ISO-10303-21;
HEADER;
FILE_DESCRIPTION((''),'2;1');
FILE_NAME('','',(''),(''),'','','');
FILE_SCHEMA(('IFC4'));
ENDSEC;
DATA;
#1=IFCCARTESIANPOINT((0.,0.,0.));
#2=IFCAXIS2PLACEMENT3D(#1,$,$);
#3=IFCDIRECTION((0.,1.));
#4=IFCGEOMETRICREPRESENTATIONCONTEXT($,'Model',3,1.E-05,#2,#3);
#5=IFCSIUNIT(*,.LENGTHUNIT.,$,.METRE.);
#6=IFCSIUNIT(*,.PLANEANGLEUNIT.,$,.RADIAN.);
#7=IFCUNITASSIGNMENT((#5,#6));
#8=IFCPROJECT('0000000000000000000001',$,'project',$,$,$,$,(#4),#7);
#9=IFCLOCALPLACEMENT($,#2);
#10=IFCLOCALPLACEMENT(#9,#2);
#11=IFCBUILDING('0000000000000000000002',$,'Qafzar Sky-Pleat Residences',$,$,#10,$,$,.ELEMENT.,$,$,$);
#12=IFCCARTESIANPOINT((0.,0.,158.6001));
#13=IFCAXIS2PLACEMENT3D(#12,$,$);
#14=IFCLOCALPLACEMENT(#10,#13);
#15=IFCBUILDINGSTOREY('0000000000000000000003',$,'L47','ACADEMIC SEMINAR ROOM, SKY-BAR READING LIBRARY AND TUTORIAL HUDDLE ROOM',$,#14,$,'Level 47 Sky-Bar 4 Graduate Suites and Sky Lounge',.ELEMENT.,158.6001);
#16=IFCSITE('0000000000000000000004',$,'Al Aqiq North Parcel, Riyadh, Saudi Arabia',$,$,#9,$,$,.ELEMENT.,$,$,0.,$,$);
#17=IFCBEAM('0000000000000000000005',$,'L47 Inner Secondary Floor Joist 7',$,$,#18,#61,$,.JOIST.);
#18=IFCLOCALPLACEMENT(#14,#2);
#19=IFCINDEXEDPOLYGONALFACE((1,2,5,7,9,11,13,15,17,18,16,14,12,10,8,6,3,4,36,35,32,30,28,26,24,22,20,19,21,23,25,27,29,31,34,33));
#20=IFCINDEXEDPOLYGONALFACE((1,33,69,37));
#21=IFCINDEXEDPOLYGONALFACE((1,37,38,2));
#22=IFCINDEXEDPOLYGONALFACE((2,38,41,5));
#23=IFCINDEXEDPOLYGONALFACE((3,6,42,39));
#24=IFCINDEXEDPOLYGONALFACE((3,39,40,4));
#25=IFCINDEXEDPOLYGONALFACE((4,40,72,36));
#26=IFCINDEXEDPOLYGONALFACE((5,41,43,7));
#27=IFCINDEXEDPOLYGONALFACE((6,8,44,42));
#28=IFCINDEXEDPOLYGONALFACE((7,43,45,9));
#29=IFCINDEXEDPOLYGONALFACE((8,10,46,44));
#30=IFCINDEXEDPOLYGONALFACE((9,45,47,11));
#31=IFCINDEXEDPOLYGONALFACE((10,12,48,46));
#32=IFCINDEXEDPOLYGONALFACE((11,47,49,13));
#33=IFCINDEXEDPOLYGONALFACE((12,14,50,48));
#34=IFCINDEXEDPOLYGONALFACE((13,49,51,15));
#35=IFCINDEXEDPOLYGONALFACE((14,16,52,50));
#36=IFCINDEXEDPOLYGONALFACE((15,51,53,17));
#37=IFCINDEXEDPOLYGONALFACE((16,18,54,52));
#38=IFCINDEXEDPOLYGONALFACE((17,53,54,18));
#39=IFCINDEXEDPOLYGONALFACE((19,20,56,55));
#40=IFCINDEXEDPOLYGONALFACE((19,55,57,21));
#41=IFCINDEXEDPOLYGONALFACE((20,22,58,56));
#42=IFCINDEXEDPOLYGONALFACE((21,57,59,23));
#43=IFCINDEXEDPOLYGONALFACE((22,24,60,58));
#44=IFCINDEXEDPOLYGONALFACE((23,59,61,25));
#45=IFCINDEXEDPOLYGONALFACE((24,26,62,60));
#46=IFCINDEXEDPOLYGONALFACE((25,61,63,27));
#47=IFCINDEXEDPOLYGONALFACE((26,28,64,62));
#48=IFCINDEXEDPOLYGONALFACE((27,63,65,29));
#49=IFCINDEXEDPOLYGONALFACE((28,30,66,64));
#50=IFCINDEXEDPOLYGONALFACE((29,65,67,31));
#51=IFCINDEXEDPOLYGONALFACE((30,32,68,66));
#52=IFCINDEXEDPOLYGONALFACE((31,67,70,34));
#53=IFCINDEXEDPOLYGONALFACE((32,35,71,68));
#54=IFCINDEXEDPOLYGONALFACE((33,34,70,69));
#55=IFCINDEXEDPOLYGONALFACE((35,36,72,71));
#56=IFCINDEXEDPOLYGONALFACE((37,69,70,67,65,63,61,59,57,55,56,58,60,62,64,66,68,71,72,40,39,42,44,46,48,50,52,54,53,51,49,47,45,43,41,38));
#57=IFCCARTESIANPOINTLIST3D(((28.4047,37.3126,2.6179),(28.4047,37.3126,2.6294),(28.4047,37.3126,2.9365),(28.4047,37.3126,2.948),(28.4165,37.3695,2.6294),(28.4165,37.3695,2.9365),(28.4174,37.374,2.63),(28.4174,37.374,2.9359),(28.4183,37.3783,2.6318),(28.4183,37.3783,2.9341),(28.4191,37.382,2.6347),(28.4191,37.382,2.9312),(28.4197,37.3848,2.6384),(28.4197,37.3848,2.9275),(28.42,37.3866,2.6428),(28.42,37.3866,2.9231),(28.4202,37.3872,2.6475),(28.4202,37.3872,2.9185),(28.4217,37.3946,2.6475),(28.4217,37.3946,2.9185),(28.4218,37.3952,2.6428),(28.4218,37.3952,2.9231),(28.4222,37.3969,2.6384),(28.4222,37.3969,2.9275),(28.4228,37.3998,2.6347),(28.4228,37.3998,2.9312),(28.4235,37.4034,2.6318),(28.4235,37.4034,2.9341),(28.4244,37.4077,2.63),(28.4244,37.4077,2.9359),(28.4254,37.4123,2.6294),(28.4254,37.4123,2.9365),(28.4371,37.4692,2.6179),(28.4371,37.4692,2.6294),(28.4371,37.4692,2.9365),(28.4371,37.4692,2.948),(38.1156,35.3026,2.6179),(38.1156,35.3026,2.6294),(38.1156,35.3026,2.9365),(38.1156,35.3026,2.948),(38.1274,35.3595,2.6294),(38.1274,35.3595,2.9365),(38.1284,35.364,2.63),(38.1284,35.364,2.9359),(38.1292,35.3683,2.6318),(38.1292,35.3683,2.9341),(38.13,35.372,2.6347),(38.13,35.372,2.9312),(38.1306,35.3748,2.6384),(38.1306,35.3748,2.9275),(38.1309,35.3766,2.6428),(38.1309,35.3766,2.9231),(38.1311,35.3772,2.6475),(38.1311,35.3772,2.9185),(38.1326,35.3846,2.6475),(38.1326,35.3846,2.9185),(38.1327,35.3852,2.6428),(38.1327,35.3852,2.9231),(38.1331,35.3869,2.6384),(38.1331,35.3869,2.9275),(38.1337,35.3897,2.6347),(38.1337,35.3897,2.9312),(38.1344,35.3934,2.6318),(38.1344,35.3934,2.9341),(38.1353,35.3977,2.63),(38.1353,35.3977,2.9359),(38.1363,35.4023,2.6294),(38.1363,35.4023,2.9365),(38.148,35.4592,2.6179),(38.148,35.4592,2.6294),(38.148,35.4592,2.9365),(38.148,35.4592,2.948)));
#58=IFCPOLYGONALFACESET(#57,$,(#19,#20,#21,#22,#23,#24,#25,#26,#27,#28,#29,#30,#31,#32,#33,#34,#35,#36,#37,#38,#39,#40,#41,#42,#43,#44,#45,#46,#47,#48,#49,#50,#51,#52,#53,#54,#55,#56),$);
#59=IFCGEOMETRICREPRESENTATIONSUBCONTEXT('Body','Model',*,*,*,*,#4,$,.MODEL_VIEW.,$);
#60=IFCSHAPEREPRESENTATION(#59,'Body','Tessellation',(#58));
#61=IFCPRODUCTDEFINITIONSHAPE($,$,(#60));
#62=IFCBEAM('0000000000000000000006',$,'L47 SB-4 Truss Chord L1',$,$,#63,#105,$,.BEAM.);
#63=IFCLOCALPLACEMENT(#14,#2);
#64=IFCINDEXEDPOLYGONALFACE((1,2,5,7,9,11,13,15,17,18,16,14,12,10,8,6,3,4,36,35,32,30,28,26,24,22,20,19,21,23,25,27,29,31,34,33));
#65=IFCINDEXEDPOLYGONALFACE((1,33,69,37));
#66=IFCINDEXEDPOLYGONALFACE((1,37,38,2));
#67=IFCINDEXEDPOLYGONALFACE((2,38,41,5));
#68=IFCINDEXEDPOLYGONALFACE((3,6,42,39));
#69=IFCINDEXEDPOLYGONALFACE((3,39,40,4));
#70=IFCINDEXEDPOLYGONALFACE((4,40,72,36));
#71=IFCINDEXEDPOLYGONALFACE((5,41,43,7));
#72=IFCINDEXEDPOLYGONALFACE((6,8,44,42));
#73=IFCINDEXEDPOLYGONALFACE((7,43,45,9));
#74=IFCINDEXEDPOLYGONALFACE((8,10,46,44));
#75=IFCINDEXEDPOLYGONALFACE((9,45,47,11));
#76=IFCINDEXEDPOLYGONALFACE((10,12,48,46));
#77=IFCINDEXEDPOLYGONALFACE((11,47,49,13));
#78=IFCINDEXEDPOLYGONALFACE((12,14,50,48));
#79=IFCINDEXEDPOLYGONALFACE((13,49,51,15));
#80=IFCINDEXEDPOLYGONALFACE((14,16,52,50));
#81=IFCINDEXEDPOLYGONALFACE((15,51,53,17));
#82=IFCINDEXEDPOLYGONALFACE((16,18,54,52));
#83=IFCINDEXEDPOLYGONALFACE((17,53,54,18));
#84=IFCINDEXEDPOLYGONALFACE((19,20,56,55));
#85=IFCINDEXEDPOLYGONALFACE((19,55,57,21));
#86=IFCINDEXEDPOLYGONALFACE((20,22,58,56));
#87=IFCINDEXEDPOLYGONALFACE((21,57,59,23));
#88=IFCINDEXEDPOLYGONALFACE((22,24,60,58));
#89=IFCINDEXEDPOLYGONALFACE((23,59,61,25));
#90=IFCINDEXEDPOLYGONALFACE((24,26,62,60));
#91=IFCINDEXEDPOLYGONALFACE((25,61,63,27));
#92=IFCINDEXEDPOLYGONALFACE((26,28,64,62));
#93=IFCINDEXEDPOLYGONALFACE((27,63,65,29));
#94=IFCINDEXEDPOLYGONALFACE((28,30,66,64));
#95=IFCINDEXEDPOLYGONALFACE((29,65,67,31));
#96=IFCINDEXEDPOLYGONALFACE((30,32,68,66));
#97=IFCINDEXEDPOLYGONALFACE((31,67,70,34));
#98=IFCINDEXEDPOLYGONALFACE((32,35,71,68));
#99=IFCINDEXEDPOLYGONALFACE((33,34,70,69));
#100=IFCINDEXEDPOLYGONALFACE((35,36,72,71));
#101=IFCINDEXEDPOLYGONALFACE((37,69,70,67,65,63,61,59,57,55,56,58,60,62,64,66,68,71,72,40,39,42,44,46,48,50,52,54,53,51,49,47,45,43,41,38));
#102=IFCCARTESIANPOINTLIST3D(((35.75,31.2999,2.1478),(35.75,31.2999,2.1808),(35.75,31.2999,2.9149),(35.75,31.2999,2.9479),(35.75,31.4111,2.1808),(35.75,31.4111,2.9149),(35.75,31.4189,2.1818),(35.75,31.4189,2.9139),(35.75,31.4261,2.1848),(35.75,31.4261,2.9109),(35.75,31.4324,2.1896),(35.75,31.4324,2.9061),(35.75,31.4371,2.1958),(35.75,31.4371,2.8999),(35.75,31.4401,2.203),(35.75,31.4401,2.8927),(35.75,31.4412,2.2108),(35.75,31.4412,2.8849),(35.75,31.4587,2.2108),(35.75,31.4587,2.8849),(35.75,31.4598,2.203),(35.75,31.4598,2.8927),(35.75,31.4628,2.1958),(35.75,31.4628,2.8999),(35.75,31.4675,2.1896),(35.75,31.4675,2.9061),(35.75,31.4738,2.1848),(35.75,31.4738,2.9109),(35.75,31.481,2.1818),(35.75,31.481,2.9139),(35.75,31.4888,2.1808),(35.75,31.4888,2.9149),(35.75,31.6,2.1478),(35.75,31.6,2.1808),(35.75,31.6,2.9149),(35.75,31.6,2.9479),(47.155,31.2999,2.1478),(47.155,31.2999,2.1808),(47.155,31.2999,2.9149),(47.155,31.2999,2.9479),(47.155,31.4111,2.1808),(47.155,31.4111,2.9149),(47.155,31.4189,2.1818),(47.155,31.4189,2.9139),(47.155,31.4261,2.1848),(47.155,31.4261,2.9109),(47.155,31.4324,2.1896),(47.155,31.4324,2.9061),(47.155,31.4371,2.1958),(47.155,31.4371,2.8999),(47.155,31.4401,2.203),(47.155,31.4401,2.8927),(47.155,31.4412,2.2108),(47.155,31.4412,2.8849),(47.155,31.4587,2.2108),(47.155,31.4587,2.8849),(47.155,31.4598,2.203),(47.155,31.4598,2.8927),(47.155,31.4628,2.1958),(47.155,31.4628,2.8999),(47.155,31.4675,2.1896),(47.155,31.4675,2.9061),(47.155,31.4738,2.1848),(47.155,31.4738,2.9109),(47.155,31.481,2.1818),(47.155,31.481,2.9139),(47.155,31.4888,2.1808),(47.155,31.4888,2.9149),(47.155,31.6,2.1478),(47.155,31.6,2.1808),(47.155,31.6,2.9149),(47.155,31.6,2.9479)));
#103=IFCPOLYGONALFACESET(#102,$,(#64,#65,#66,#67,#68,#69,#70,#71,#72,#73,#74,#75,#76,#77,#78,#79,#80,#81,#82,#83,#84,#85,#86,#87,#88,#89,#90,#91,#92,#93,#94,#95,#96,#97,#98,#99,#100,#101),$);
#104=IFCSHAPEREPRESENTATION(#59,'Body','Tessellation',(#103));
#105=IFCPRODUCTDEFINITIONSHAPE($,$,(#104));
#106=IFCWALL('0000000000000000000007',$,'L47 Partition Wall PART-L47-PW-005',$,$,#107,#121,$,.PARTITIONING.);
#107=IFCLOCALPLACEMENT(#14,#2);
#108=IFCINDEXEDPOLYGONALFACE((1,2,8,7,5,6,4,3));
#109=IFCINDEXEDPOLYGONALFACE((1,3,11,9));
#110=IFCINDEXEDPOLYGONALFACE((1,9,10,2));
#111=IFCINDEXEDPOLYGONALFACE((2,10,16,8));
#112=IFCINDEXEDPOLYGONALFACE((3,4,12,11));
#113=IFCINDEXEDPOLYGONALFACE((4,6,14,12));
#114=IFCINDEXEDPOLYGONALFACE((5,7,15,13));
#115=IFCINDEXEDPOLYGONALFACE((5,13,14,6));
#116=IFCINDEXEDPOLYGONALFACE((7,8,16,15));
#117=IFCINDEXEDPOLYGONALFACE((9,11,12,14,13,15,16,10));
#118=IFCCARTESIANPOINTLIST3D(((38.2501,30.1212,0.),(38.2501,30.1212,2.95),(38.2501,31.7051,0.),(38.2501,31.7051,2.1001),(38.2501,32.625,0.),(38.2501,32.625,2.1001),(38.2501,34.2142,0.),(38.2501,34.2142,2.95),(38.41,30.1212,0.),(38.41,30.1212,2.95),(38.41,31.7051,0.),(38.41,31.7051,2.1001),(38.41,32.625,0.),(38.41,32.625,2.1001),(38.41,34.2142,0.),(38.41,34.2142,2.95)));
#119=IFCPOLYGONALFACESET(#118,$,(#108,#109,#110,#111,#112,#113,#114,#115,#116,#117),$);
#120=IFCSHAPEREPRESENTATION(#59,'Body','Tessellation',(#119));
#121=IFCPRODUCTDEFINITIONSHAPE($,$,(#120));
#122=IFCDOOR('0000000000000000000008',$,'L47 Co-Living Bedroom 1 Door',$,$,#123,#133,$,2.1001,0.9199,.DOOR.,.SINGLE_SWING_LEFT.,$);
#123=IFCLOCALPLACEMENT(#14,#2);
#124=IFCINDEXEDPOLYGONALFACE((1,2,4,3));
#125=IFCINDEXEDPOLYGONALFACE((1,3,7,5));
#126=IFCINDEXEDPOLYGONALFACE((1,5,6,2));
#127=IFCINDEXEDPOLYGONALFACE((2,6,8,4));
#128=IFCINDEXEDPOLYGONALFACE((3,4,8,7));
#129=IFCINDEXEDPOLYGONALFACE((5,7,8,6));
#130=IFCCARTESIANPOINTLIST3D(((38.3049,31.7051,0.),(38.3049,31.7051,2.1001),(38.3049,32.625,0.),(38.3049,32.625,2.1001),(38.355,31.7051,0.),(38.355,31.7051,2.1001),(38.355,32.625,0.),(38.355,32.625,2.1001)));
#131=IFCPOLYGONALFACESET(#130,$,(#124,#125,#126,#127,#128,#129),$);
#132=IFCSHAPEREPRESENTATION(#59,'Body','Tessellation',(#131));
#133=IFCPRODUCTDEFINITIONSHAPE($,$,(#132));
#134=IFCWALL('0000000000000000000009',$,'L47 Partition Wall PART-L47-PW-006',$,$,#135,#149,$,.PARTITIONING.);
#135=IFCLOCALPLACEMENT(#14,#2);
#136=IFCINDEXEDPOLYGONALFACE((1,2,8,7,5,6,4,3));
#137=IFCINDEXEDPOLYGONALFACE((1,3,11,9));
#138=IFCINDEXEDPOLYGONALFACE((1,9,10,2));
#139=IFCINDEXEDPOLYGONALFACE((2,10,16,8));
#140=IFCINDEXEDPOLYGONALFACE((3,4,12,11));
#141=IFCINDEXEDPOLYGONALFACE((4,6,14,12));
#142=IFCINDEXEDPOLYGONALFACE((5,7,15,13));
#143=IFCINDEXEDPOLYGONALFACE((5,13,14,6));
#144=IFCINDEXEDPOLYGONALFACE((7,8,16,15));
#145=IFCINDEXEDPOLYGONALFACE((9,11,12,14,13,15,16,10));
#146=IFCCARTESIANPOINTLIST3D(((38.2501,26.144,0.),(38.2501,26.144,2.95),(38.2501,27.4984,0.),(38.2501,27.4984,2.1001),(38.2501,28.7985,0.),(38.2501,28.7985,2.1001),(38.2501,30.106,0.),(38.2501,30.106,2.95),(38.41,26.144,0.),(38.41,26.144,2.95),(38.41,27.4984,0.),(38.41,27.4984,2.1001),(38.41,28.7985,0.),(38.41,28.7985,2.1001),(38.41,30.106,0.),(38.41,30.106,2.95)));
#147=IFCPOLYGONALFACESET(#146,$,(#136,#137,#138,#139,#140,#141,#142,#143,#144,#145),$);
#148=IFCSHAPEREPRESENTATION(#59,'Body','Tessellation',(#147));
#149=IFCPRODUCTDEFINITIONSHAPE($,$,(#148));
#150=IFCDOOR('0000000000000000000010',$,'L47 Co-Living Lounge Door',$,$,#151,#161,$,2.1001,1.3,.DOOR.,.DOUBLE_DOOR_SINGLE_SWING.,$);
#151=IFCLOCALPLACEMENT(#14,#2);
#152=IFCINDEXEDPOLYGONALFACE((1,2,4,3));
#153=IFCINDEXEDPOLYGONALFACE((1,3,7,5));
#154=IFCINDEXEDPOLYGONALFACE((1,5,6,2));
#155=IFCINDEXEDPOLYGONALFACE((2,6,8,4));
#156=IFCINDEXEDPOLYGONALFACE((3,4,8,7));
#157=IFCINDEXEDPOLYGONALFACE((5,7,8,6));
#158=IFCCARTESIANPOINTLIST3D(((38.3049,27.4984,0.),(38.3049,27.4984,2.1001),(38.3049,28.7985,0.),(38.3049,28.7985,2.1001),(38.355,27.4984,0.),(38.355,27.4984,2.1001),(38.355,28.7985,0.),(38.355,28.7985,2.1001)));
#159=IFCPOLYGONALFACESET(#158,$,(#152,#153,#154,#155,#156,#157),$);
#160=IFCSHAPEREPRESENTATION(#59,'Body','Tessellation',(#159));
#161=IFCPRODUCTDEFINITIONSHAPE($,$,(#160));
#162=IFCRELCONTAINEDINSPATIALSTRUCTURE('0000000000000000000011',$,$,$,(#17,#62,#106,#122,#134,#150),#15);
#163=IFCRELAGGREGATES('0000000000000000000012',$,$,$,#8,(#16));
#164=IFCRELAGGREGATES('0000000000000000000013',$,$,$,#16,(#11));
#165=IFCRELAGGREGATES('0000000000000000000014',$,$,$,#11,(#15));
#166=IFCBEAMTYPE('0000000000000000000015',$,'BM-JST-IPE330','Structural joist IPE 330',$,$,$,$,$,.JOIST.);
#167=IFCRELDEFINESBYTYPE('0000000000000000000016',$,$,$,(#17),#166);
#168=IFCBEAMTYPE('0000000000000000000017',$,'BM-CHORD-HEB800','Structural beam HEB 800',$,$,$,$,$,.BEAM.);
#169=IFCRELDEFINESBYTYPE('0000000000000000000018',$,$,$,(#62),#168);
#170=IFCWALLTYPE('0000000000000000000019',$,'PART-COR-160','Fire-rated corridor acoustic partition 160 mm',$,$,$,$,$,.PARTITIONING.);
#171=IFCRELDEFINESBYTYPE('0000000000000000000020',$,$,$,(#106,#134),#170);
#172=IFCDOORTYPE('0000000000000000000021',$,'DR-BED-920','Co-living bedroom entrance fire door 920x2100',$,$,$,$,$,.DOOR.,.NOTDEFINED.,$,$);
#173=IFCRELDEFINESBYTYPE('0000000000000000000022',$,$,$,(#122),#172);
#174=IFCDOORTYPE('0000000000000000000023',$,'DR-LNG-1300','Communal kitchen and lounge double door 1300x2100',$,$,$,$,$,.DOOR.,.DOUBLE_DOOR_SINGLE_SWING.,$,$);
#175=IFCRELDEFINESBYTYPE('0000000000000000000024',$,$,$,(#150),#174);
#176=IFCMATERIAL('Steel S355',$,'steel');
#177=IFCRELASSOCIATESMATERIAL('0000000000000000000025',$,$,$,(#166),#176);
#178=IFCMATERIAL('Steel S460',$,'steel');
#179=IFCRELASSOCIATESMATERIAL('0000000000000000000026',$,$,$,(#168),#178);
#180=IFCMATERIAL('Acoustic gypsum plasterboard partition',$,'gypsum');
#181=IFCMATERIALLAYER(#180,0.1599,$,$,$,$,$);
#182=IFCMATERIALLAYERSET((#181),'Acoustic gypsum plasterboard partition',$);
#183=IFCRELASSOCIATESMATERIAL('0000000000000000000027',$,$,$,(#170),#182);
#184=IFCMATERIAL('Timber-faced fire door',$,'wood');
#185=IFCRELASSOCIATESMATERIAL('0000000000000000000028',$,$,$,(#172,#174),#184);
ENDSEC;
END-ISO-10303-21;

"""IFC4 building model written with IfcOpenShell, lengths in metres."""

from ifc_helpers import new_model, si_unit, direction, frame, frame_2d, origin, origin_2d, place, context, subcontext, project, spatial, rectangle, i_section, extrude, source, transform, mapped, material, layer, layer_set, material_profile, profile_set, type_object, element, fill, save


model = new_model("IFC4")

# Units and contexts
model_context = context("Model", 3, precision=1e-05, world=origin(), true_north=direction((0.0, 1.0)))
body_context = subcontext(model_context, "Body", "Model", "MODEL_VIEW")
ifc_project = project(units=[si_unit("LENGTHUNIT", "METRE"), si_unit("PLANEANGLEUNIT", "RADIAN")], contexts=[model_context])

# Site, building, storey
site_placement = place(None, origin())
site = spatial("IfcSite", under=ifc_project, at=site_placement, Name="Al Aqiq North Parcel, Riyadh, Saudi Arabia", CompositionType="ELEMENT", RefElevation=0.0)
building_placement = place(site_placement, origin())
building = spatial("IfcBuilding", under=site, at=building_placement, Name="Qafzar Sky-Pleat Residences", CompositionType="ELEMENT")
storey_placement = place(building_placement, frame((0.0, 0.0, 158.6001)))
storey = spatial("IfcBuildingStorey", under=building, at=storey_placement, Name="L47", Description="ACADEMIC SEMINAR ROOM, SKY-BAR READING LIBRARY AND TUTORIAL HUDDLE ROOM", LongName="Level 47 Sky-Bar 4 Graduate Suites and Sky Lounge", CompositionType="ELEMENT", Elevation=158.6001)

# Beams
ifc_material_1 = material(Name="Steel S355", Category="steel")
ifc_material_profile_1 = material_profile(ifc_material_1, i_section(OverallWidth=0.1599, OverallDepth=0.3301, WebThickness=0.0076, FlangeThickness=0.0115, FilletRadius=0.0181, at=origin_2d()), Name="IPE 330")
ifc_profile_set_1 = profile_set([ifc_material_profile_1], Name="Steel S355")
beam_type_1 = type_object("IfcBeamType", Name="BM-JST-IPE330", Description="Structural joist IPE 330", PredefinedType="JOIST", material=ifc_profile_set_1)
shared_shape_1 = source(origin(), body_context, "Body", "SweptSolid", [
    extrude(i_section(OverallWidth=0.1599, OverallDepth=0.3301, WebThickness=0.0076, FlangeThickness=0.0115, FilletRadius=0.0181, at=origin_2d()), origin(), (0.0, 0.0, 1.0), 9.9167),
])
beam_1_placement = place(storey_placement, frame((38.1318, 35.3809, 2.783), z_axis=(-0.979243, 0.202688, 0.0), x_axis=(-0.202688, -0.979243, 0.0)))
element("IfcBeam", 1, at=beam_1_placement, inside=storey, type_object=beam_type_1, Name="L47 Inner Secondary Floor Joist 7", PredefinedType="JOIST", context=body_context, shape_type="MappedRepresentation", body=[
    mapped(shared_shape_1, transform((0.0, 0.0, 0.0), x_axis=(1.0, 0.0, 0.0), y_axis=(0.0, 1.0, 0.0), z_axis=(0.0, 0.0, 1.0), scale=1.0)),
])
ifc_material_2 = material(Name="Steel S460", Category="steel")
ifc_material_profile_2 = material_profile(ifc_material_2, i_section(OverallWidth=0.3, OverallDepth=0.8, WebThickness=0.0176, FlangeThickness=0.033, FilletRadius=0.03, at=origin_2d()), Name="HEB 800")
ifc_profile_set_2 = profile_set([ifc_material_profile_2], Name="Steel S460")
beam_type_2 = type_object("IfcBeamType", Name="BM-CHORD-HEB800", Description="Structural beam HEB 800", PredefinedType="BEAM", material=ifc_profile_set_2)
shared_shape_2 = source(origin(), body_context, "Body", "SweptSolid", [
    extrude(i_section(OverallWidth=0.3, OverallDepth=0.8, WebThickness=0.0176, FlangeThickness=0.033, FilletRadius=0.03, at=origin_2d()), origin(), (0.0, 0.0, 1.0), 11.405),
])
beam_2_placement = place(storey_placement, frame((35.75, 31.45, 2.5479), z_axis=(1.0, 0.0, 0.0), x_axis=(0.0, 1.0, 0.0)))
element("IfcBeam", 2, at=beam_2_placement, inside=storey, type_object=beam_type_2, Name="L47 SB-4 Truss Chord L1", PredefinedType="BEAM", context=body_context, shape_type="MappedRepresentation", body=[
    mapped(shared_shape_2, transform((0.0, 0.0, 0.0), x_axis=(1.0, 0.0, 0.0), y_axis=(0.0, 1.0, 0.0), z_axis=(0.0, 0.0, 1.0), scale=1.0)),
])

# Walls, openings, doors
ifc_material_3 = material(Name="Acoustic gypsum plasterboard partition", Category="gypsum")
ifc_layer_1 = layer(ifc_material_3, 0.1599)
ifc_layer_set_1 = layer_set([ifc_layer_1], Name="Acoustic gypsum plasterboard partition")
wall_type_1 = type_object("IfcWallType", Name="PART-COR-160", Description="Fire-rated corridor acoustic partition 160 mm", PredefinedType="PARTITIONING", material=ifc_layer_set_1)
wall_1_placement = place(storey_placement, frame((38.3301, 34.2141, 0.0), z_axis=(0.0, 0.0, 1.0), x_axis=(0.0, -1.0, 0.0)))
wall_1 = element("IfcWall", 3, at=wall_1_placement, inside=storey, type_object=wall_type_1, Name="L47 Partition Wall PART-L47-PW-005", PredefinedType="PARTITIONING", context=body_context, shape_type="SweptSolid", body=[
    extrude(rectangle(XDim=4.093, YDim=0.1599, at=frame_2d((2.0464, 0.0))), origin(), (0.0, 0.0, 1.0), 2.95),
])
opening_1_placement = place(wall_1_placement, frame((1.5891, 0.0, 0.0)))
opening_1 = element("IfcOpeningElement", 4, at=opening_1_placement, cuts=wall_1, PredefinedType="OPENING", context=body_context, shape_type="SweptSolid", body=[
    extrude(rectangle(XDim=0.9199, YDim=2.1001, at=frame_2d((0.46, 1.05))), frame((0.0, 0.0898, 0.0), z_axis=(0.0, -1.0, 0.0), x_axis=(1.0, 0.0, 0.0)), (0.0, 0.0, 1.0), 0.1799),
])
ifc_material_4 = material(Name="Timber-faced fire door", Category="wood")
door_type_1 = type_object("IfcDoorType", Name="DR-BED-920", Description="Co-living bedroom entrance fire door 920x2100", OperationType="NOTDEFINED", PredefinedType="DOOR", material=ifc_material_4)
shared_shape_3 = source(origin(), body_context, "Body", "SweptSolid", [
    extrude(rectangle(XDim=0.9199, YDim=2.1001, at=frame_2d((0.46, 1.05))), frame((0.0, 0.0249, 0.0), z_axis=(0.0, -1.0, 0.0), x_axis=(1.0, 0.0, 0.0)), (0.0, 0.0, 1.0), 0.05),
])
door_1_placement = place(opening_1_placement, origin())
door_1 = element("IfcDoor", 5, at=door_1_placement, inside=storey, type_object=door_type_1, Name="L47 Co-Living Bedroom 1 Door", OperationType="SINGLE_SWING_LEFT", OverallHeight=2.1001, OverallWidth=0.9199, PredefinedType="DOOR", context=body_context, shape_type="MappedRepresentation", body=[
    mapped(shared_shape_3, transform((0.0, 0.0, 0.0), x_axis=(1.0, 0.0, 0.0), y_axis=(0.0, 1.0, 0.0), z_axis=(0.0, 0.0, 1.0), scale=1.0)),
])
fill(opening_1, door_1)
wall_2_placement = place(storey_placement, frame((38.3301, 30.106, 0.0), z_axis=(0.0, 0.0, 1.0), x_axis=(0.0, -1.0, 0.0)))
wall_2 = element("IfcWall", 6, at=wall_2_placement, inside=storey, type_object=wall_type_1, Name="L47 Partition Wall PART-L47-PW-006", PredefinedType="PARTITIONING", context=body_context, shape_type="SweptSolid", body=[
    extrude(rectangle(XDim=3.9619, YDim=0.1599, at=frame_2d((1.981, 0.0))), origin(), (0.0, 0.0, 1.0), 2.95),
])
opening_2_placement = place(wall_2_placement, frame((1.3076, 0.0, 0.0)))
opening_2 = element("IfcOpeningElement", 7, at=opening_2_placement, cuts=wall_2, PredefinedType="OPENING", context=body_context, shape_type="SweptSolid", body=[
    extrude(rectangle(XDim=1.3, YDim=2.1001, at=frame_2d((0.6499, 1.05))), frame((0.0, 0.0898, 0.0), z_axis=(0.0, -1.0, 0.0), x_axis=(1.0, 0.0, 0.0)), (0.0, 0.0, 1.0), 0.1799),
])
door_type_2 = type_object("IfcDoorType", Name="DR-LNG-1300", Description="Communal kitchen and lounge double door 1300x2100", OperationType="DOUBLE_DOOR_SINGLE_SWING", PredefinedType="DOOR", material=ifc_material_4)
shared_shape_4 = source(origin(), body_context, "Body", "SweptSolid", [
    extrude(rectangle(XDim=1.3, YDim=2.1001, at=frame_2d((0.6499, 1.05))), frame((0.0, 0.0249, 0.0), z_axis=(0.0, -1.0, 0.0), x_axis=(1.0, 0.0, 0.0)), (0.0, 0.0, 1.0), 0.05),
])
door_2_placement = place(opening_2_placement, origin())
door_2 = element("IfcDoor", 8, at=door_2_placement, inside=storey, type_object=door_type_2, Name="L47 Co-Living Lounge Door", OperationType="DOUBLE_DOOR_SINGLE_SWING", OverallHeight=2.1001, OverallWidth=1.3, PredefinedType="DOOR", context=body_context, shape_type="MappedRepresentation", body=[
    mapped(shared_shape_4, transform((0.0, 0.0, 0.0), x_axis=(1.0, 0.0, 0.0), y_axis=(0.0, 1.0, 0.0), z_axis=(0.0, 0.0, 1.0), scale=1.0)),
])
fill(opening_2, door_2)

save(model, "model.ifc")
